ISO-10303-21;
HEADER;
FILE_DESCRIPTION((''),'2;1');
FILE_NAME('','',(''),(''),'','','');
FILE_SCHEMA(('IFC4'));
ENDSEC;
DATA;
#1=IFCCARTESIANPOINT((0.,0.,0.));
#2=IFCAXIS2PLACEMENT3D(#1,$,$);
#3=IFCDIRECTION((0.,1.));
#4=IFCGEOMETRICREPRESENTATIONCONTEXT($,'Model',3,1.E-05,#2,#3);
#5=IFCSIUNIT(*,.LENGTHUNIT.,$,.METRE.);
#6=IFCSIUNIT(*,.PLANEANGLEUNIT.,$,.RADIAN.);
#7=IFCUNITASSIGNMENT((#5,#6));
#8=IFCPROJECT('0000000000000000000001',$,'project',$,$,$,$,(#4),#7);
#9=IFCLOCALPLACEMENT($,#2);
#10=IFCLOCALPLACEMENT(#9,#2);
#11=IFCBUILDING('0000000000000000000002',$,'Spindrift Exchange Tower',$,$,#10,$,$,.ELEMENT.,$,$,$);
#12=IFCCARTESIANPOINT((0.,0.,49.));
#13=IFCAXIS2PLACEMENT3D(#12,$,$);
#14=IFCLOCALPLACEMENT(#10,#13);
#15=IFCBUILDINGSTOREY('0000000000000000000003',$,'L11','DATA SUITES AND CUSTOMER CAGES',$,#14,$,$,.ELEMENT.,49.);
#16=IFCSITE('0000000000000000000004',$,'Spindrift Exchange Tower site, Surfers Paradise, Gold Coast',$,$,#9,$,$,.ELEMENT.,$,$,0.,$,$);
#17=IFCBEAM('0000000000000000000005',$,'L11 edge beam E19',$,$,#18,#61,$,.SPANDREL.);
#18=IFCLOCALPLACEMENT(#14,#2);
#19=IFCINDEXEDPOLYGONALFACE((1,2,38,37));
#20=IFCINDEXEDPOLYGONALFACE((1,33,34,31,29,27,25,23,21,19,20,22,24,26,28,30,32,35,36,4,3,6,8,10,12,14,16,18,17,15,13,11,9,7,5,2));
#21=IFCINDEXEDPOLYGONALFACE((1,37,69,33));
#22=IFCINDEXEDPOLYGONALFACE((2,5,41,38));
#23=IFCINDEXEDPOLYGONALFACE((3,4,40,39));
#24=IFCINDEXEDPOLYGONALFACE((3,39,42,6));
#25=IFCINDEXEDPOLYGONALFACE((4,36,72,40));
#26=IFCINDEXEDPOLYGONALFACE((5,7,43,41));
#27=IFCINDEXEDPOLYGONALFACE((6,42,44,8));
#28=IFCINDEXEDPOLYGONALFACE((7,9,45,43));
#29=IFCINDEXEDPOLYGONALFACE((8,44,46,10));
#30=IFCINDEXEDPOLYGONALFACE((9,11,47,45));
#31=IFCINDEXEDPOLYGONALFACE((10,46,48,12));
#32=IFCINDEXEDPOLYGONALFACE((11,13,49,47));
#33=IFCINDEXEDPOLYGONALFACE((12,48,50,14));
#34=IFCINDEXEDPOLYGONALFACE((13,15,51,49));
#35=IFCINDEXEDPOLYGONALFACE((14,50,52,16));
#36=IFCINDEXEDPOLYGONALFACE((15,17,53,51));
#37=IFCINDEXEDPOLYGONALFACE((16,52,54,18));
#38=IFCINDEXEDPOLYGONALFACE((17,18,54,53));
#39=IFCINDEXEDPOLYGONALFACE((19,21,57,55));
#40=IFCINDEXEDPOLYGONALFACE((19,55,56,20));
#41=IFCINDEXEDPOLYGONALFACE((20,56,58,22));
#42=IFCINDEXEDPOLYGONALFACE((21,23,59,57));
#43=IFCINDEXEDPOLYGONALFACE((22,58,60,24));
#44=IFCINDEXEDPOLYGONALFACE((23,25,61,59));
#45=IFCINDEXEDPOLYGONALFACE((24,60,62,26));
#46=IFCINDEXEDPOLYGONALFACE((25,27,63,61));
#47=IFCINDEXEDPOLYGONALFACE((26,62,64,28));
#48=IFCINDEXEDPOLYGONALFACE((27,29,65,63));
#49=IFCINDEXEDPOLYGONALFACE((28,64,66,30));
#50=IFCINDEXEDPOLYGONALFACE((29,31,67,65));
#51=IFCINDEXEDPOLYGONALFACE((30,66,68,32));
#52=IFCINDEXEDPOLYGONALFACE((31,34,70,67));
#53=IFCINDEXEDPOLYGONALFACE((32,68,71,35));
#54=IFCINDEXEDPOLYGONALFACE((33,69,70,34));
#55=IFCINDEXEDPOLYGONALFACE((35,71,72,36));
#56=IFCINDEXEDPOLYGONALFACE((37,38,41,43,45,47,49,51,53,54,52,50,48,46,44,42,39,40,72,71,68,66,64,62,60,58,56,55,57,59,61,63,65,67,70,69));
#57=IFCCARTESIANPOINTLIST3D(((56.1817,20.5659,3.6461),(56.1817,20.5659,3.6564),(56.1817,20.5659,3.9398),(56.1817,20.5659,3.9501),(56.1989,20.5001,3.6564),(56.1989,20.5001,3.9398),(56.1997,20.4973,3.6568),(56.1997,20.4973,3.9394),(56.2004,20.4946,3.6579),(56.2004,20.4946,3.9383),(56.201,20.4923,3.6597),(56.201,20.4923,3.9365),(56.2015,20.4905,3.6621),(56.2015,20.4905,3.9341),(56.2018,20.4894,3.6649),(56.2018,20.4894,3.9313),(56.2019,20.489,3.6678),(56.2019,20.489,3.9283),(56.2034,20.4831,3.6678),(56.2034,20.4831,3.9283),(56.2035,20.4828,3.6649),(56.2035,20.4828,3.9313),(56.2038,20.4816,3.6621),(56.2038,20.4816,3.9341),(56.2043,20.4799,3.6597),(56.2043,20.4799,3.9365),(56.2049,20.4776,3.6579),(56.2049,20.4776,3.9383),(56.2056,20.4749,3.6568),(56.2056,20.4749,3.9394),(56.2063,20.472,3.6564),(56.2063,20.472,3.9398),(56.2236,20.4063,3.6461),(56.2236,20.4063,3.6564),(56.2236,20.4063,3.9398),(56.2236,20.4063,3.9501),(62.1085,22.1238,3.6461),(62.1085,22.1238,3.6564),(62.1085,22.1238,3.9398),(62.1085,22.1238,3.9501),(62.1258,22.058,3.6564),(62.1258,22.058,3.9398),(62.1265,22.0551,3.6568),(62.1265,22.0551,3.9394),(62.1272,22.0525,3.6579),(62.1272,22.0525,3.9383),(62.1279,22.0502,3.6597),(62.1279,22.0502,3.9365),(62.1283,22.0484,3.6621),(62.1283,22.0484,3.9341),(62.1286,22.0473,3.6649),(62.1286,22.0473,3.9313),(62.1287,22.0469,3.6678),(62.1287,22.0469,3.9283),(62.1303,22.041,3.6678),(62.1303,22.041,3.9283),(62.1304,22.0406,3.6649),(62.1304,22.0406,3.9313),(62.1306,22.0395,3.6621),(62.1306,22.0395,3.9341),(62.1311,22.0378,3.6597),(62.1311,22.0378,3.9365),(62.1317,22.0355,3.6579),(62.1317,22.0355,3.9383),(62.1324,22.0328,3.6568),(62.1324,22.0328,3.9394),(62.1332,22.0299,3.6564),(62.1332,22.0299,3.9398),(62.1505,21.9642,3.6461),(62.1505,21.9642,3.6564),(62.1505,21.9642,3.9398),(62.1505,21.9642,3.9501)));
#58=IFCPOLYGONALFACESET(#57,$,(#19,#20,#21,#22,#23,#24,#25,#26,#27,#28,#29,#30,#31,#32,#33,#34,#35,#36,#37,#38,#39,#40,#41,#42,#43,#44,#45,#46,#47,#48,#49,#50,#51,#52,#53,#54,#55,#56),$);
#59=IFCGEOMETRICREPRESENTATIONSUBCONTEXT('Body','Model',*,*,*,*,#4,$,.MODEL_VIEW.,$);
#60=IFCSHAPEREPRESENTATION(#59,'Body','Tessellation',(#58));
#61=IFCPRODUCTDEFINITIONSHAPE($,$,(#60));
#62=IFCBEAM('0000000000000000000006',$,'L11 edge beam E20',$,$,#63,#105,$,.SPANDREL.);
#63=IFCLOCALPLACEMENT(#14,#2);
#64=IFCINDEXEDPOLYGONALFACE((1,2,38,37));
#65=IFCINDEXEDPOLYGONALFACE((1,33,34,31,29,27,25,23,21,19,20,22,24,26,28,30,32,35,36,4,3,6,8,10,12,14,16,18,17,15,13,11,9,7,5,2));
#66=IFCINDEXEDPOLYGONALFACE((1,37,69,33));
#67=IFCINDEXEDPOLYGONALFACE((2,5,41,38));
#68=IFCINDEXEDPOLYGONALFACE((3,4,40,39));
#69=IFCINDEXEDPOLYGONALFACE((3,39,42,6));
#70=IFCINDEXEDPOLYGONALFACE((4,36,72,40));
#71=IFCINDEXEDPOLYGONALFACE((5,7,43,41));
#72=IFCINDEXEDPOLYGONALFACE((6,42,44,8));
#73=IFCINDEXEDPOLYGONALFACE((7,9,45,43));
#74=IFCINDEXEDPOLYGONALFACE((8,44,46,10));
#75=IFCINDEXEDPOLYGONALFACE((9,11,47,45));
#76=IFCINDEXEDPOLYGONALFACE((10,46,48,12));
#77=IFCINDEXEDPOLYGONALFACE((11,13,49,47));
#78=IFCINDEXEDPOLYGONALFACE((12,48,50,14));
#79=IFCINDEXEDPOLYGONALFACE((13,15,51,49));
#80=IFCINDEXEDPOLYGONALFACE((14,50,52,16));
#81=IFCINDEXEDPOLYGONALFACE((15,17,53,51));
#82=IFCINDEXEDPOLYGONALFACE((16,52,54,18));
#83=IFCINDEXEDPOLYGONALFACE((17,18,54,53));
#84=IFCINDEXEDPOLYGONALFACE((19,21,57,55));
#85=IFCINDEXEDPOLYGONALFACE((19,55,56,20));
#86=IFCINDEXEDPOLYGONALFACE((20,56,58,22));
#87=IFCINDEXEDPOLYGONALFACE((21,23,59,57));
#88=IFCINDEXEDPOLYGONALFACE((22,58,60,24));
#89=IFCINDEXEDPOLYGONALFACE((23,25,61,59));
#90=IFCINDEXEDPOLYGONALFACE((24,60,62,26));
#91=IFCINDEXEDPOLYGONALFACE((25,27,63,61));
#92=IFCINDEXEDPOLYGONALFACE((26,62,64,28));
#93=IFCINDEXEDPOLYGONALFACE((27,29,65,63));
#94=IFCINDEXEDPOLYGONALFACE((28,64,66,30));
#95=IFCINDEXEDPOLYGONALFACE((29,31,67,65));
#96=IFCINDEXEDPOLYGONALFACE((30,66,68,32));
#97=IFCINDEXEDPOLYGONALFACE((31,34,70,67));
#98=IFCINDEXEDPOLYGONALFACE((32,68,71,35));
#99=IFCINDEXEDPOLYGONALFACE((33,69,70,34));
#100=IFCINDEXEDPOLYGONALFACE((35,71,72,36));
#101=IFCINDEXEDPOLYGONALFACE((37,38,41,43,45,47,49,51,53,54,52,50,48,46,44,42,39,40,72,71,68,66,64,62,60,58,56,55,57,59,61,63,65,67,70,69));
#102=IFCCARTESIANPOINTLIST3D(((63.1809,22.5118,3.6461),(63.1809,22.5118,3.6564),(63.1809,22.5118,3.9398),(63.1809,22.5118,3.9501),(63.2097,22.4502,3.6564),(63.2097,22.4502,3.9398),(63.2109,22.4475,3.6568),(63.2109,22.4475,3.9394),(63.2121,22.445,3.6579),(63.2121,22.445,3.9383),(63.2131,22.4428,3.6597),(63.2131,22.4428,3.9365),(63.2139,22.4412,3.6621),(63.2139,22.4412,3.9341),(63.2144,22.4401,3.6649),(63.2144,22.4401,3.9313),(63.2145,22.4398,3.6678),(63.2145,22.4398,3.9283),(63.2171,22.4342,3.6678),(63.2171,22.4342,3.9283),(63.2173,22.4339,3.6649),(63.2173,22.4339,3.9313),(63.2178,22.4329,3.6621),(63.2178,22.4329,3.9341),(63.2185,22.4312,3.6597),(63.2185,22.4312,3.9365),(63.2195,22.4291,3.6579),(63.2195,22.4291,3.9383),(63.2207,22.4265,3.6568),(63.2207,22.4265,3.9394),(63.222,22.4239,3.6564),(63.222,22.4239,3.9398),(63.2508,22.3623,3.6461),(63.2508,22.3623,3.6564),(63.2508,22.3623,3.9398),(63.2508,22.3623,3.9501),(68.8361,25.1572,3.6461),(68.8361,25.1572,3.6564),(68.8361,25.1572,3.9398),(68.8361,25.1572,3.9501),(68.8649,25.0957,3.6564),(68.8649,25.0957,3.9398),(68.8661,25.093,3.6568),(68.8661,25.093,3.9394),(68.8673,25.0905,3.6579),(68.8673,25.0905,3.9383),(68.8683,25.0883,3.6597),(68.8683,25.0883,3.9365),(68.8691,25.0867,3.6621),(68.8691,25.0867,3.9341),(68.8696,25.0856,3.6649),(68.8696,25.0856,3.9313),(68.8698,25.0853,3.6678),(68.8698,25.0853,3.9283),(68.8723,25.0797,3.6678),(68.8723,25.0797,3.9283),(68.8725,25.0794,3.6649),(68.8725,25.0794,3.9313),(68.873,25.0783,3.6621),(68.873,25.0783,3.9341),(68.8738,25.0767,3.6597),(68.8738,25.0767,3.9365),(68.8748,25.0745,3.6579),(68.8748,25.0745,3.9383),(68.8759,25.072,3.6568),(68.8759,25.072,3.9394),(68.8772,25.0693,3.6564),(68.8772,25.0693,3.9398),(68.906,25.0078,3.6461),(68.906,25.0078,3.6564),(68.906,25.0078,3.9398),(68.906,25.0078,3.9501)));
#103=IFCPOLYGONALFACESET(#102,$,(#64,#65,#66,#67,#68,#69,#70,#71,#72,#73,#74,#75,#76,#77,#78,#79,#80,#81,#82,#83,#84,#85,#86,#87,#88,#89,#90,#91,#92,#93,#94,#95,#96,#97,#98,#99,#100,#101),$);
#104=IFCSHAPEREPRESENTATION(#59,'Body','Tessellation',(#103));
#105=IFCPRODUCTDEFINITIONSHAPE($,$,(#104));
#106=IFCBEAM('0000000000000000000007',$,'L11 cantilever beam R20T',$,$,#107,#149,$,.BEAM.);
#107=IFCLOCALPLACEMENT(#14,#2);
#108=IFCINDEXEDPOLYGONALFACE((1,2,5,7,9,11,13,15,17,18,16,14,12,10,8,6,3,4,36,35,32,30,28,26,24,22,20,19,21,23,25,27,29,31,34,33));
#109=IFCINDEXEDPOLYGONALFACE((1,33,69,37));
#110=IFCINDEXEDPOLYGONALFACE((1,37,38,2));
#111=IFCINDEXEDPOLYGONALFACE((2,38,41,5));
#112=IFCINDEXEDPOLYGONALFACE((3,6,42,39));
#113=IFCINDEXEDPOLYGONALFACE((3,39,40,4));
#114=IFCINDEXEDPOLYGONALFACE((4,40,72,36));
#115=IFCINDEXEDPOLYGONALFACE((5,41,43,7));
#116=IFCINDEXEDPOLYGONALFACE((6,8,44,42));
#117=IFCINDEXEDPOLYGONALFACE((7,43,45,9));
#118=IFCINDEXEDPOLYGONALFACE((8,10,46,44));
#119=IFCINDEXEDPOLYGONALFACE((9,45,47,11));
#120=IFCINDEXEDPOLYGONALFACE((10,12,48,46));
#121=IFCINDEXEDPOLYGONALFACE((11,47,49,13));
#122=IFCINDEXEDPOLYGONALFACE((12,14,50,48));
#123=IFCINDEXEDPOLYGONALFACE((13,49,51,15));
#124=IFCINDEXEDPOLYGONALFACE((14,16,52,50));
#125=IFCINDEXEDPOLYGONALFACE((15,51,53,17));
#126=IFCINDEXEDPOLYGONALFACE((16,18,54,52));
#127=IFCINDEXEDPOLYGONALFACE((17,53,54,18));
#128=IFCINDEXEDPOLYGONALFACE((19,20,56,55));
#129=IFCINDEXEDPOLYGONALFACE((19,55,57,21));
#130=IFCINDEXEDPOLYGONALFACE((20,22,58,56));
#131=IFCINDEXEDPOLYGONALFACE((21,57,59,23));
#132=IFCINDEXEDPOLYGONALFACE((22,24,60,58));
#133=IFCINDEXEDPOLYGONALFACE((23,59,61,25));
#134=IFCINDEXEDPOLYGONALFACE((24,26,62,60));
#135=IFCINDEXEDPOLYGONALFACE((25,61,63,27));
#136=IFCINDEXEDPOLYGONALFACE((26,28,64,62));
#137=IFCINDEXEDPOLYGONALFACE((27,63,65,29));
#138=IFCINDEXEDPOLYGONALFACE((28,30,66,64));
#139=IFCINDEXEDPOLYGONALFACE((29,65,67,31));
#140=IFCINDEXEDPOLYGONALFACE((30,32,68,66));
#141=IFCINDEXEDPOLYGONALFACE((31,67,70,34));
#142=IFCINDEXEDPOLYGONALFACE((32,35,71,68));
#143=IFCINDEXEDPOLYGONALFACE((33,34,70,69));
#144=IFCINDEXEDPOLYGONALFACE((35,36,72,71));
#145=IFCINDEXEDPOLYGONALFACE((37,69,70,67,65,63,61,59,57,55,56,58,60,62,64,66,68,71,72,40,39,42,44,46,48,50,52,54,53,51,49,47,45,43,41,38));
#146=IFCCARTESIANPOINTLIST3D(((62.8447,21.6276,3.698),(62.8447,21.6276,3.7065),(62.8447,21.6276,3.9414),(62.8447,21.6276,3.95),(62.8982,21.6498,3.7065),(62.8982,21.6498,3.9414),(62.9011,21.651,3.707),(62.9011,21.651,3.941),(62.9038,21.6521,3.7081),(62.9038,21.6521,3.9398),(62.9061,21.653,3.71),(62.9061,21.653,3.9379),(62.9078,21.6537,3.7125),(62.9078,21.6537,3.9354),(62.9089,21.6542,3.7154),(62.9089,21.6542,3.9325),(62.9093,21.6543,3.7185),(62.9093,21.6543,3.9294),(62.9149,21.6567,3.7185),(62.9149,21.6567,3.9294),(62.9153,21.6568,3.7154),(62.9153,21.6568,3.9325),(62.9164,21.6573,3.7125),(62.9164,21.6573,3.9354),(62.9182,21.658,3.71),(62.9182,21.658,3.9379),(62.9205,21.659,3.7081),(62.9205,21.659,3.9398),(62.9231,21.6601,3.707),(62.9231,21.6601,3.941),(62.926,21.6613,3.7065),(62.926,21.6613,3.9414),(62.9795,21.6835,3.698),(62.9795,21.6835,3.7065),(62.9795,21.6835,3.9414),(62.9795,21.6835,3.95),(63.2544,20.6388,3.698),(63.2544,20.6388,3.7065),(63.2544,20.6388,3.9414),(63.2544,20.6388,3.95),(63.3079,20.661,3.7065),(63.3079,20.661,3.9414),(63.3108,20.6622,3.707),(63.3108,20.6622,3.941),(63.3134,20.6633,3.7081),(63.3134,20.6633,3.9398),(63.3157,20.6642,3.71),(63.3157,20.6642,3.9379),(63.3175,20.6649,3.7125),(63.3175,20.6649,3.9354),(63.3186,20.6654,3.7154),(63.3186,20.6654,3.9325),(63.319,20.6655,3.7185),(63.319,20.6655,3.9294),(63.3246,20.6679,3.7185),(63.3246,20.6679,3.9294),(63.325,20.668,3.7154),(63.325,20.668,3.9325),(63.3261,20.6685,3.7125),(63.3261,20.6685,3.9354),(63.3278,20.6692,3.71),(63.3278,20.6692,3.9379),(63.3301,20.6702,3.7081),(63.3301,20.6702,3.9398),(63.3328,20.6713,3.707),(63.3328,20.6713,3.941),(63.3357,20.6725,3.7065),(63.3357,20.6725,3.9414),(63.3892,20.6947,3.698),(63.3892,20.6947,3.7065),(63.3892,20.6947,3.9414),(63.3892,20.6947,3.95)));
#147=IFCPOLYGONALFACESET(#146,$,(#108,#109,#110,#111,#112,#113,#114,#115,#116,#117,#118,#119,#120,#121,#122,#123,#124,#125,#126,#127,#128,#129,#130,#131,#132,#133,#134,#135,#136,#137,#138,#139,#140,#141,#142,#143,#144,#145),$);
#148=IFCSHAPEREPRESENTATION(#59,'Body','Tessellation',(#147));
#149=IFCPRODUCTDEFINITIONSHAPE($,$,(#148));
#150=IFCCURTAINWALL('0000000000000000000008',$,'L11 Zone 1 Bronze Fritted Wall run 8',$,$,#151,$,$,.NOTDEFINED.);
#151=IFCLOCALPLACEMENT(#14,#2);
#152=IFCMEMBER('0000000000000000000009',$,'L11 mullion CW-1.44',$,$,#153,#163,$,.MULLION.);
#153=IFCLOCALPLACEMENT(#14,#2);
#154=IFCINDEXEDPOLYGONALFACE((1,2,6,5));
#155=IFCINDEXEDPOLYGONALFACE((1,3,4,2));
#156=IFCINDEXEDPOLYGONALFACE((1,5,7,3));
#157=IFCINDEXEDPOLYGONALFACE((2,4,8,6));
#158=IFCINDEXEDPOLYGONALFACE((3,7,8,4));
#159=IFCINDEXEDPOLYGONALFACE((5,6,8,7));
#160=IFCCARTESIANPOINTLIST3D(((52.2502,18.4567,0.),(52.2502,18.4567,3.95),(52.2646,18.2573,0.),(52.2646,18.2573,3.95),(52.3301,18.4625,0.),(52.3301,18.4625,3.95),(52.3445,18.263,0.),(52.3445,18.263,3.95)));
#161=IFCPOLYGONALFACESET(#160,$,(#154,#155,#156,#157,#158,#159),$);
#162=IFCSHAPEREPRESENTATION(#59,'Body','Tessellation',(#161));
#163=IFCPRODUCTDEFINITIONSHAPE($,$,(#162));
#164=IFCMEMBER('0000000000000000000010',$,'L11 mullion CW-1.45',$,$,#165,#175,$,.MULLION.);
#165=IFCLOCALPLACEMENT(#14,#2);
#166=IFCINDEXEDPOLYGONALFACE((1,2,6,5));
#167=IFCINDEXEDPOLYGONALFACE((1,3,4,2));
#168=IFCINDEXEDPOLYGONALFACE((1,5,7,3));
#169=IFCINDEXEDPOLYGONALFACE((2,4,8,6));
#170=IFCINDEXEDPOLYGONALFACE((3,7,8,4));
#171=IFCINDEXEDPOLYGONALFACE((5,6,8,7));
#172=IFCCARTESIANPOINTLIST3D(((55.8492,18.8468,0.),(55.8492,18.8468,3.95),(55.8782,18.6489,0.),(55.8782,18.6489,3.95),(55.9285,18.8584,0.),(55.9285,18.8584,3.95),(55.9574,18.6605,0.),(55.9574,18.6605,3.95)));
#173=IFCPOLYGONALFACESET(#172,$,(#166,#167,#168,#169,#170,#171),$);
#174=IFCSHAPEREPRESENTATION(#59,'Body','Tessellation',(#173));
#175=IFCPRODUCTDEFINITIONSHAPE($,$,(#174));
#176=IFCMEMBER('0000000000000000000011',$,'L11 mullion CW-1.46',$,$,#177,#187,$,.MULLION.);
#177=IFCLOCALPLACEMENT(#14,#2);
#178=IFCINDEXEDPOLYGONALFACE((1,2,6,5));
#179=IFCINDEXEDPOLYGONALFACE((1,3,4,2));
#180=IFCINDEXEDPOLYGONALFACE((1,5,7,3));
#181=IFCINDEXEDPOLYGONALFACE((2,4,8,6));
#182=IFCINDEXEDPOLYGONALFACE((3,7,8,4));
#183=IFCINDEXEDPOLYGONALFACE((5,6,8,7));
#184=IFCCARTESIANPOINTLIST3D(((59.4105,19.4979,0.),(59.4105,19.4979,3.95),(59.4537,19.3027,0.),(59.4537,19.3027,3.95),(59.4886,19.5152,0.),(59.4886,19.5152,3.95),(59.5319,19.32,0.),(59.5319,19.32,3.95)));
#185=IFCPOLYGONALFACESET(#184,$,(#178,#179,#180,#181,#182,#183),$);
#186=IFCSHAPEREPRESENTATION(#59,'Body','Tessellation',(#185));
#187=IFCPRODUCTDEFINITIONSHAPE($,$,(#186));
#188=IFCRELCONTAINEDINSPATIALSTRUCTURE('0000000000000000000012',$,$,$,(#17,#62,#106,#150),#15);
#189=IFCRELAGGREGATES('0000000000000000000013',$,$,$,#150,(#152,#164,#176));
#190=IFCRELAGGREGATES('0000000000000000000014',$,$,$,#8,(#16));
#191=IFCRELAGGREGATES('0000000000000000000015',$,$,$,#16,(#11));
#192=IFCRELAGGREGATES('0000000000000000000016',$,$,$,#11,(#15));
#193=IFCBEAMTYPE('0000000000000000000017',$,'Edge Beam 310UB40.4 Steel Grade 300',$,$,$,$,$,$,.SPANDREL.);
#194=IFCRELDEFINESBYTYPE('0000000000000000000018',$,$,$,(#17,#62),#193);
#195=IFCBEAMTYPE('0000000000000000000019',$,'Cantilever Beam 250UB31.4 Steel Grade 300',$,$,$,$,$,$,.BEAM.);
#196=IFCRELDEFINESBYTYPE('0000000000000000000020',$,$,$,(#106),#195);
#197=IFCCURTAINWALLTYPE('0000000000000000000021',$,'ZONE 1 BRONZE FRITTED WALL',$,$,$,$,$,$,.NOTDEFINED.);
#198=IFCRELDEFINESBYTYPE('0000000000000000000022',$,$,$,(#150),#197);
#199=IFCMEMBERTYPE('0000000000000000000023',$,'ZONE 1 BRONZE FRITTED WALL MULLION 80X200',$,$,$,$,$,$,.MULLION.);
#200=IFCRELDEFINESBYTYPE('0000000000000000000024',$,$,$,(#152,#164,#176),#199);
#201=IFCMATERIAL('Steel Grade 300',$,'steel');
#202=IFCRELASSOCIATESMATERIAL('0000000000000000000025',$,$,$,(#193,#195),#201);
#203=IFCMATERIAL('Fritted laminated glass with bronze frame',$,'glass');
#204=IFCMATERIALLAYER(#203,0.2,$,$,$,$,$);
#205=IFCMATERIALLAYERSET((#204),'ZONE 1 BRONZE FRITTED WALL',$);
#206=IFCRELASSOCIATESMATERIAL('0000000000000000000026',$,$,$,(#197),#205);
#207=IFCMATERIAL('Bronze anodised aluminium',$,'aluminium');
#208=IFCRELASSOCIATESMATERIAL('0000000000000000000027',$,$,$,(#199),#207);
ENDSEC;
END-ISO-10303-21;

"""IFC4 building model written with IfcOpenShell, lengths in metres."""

from ifc_helpers import new_model, si_unit, direction, frame, origin, origin_2d, place, context, subcontext, project, spatial, rectangle, i_section, extrude, source, transform, mapped, material, layer, layer_set, material_profile, profile_set, type_object, element, aggregate, save


model = new_model("IFC4")

# Units and contexts
model_context = context("Model", 3, precision=1e-05, world=origin(), true_north=direction((0.0, 1.0)))
body_context = subcontext(model_context, "Body", "Model", "MODEL_VIEW")
ifc_project = project(units=[si_unit("LENGTHUNIT", "METRE"), si_unit("PLANEANGLEUNIT", "RADIAN")], contexts=[model_context])

# Site, building, storey
site_placement = place(None, origin())
site = spatial("IfcSite", under=ifc_project, at=site_placement, Name="Spindrift Exchange Tower site, Surfers Paradise, Gold Coast", CompositionType="ELEMENT", RefElevation=0.0)
building_placement = place(site_placement, origin())
building = spatial("IfcBuilding", under=site, at=building_placement, Name="Spindrift Exchange Tower", CompositionType="ELEMENT")
storey_placement = place(building_placement, frame((0.0, 0.0, 49.0)))
storey = spatial("IfcBuildingStorey", under=building, at=storey_placement, Name="L11", Description="DATA SUITES AND CUSTOMER CAGES", CompositionType="ELEMENT", Elevation=49.0)

# Beams
ifc_material_1 = material(Name="Steel Grade 300", Category="steel")
ifc_material_profile_1 = material_profile(ifc_material_1, i_section(OverallWidth=0.165, OverallDepth=0.304, WebThickness=0.0061, FlangeThickness=0.0103, FilletRadius=0.0115, at=origin_2d()), Name="310UB40.4")
ifc_profile_set_1 = profile_set([ifc_material_profile_1], Name="Steel Grade 300")
beam_type_1 = type_object("IfcBeamType", Name="Edge Beam 310UB40.4 Steel Grade 300", PredefinedType="SPANDREL", material=ifc_profile_set_1)
shared_shape_1 = source(origin(), body_context, "Body", "SweptSolid", [
    extrude(i_section(OverallWidth=0.165, OverallDepth=0.304, WebThickness=0.0061, FlangeThickness=0.0103, FilletRadius=0.0115, at=origin_2d()), origin(), (0.0, 0.0, 1.0), 6.1282),
])
beam_1_placement = place(storey_placement, frame((56.2026, 20.4861, 3.7981), z_axis=(0.967147, 0.254217, 0.0), x_axis=(-0.254217, 0.967147, 0.0)))
element("IfcBeam", 1, at=beam_1_placement, inside=storey, type_object=beam_type_1, Name="L11 edge beam E19", PredefinedType="SPANDREL", context=body_context, shape_type="MappedRepresentation", body=[
    mapped(shared_shape_1, transform((0.0, 0.0, 0.0), scale=1.0)),
])
shared_shape_2 = source(origin(), body_context, "Body", "SweptSolid", [
    extrude(i_section(OverallWidth=0.165, OverallDepth=0.304, WebThickness=0.0061, FlangeThickness=0.0103, FilletRadius=0.0115, at=origin_2d()), origin(), (0.0, 0.0, 1.0), 6.2434),
])
beam_2_placement = place(storey_placement, frame((63.2158, 22.437, 3.7981), z_axis=(0.905791, 0.423724, 0.0), x_axis=(-0.423724, 0.905791, 0.0)))
element("IfcBeam", 2, at=beam_2_placement, inside=storey, type_object=beam_type_1, Name="L11 edge beam E20", PredefinedType="SPANDREL", context=body_context, shape_type="MappedRepresentation", body=[
    mapped(shared_shape_2, transform((0.0, 0.0, 0.0), scale=1.0)),
])
ifc_material_profile_2 = material_profile(ifc_material_1, i_section(OverallWidth=0.146, OverallDepth=0.252, WebThickness=0.0061, FlangeThickness=0.0085, FilletRadius=0.012, at=origin_2d()), Name="250UB31.4")
ifc_profile_set_2 = profile_set([ifc_material_profile_2], Name="Steel Grade 300")
beam_type_2 = type_object("IfcBeamType", Name="Cantilever Beam 250UB31.4 Steel Grade 300", PredefinedType="BEAM", material=ifc_profile_set_2)
shared_shape_3 = source(origin(), body_context, "Body", "SweptSolid", [
    extrude(i_section(OverallWidth=0.146, OverallDepth=0.252, WebThickness=0.0061, FlangeThickness=0.0085, FilletRadius=0.012, at=origin_2d()), origin(), (0.0, 0.0, 1.0), 1.0703),
])
beam_3_placement = place(storey_placement, frame((62.9121, 21.6555, 3.824), z_axis=(0.382768, -0.923844, 0.0), x_axis=(0.923844, 0.382768, 0.0)))
element("IfcBeam", 3, at=beam_3_placement, inside=storey, type_object=beam_type_2, Name="L11 cantilever beam R20T", PredefinedType="BEAM", context=body_context, shape_type="MappedRepresentation", body=[
    mapped(shared_shape_3, transform((0.0, 0.0, 0.0), scale=1.0)),
])

# Curtain wall, members
ifc_material_2 = material(Name="Fritted laminated glass with bronze frame", Category="glass")
ifc_layer_1 = layer(ifc_material_2, 0.2)
ifc_layer_set_1 = layer_set([ifc_layer_1], Name="ZONE 1 BRONZE FRITTED WALL")
curtain_wall_type = type_object("IfcCurtainWallType", Name="ZONE 1 BRONZE FRITTED WALL", PredefinedType="NOTDEFINED", material=ifc_layer_set_1)
curtain_wall_placement = place(storey_placement, origin())
curtain_wall = element("IfcCurtainWall", 4, at=curtain_wall_placement, inside=storey, type_object=curtain_wall_type, Name="L11 Zone 1 Bronze Fritted Wall run 8", PredefinedType="NOTDEFINED")
ifc_material_3 = material(Name="Bronze anodised aluminium", Category="aluminium")
ifc_material_profile_3 = material_profile(ifc_material_3, rectangle(XDim=0.0801, YDim=0.2, at=origin_2d()), Name="ZONE 1 BRONZE FRITTED WALL MULLION 80X200")
ifc_profile_set_3 = profile_set([ifc_material_profile_3], Name="Bronze anodised aluminium")
member_type_1 = type_object("IfcMemberType", Name="ZONE 1 BRONZE FRITTED WALL MULLION 80X200", PredefinedType="MULLION", material=ifc_profile_set_3)
shared_shape_4 = source(origin(), body_context, "Body", "SweptSolid", [
    extrude(rectangle(XDim=0.0801, YDim=0.2, at=origin_2d()), origin(), (0.0, 0.0, 1.0), 3.95),
])
member_1_placement = place(storey_placement, frame((52.2974, 18.3599, 0.0), z_axis=(0.0, 0.0, 1.0), x_axis=(0.997408, 0.071959, 0.0)))
member_1 = element("IfcMember", 5, at=member_1_placement, type_object=member_type_1, Name="L11 mullion CW-1.44", PredefinedType="MULLION", context=body_context, shape_type="MappedRepresentation", body=[
    mapped(shared_shape_4, transform((0.0, 0.0, 0.0), scale=1.0)),
])
member_2_placement = place(storey_placement, frame((55.9033, 18.7537, 0.0), z_axis=(0.0, 0.0, 1.0), x_axis=(0.989477, 0.144688, 0.0)))
member_2 = element("IfcMember", 6, at=member_2_placement, type_object=member_type_1, Name="L11 mullion CW-1.45", PredefinedType="MULLION", context=body_context, shape_type="MappedRepresentation", body=[
    mapped(shared_shape_4, transform((0.0, 0.0, 0.0), scale=1.0)),
])
member_3_placement = place(storey_placement, frame((59.4712, 19.4089, 0.0), z_axis=(0.0, 0.0, 1.0), x_axis=(0.976295, 0.216443, 0.0)))
member_3 = element("IfcMember", 7, at=member_3_placement, type_object=member_type_1, Name="L11 mullion CW-1.46", PredefinedType="MULLION", context=body_context, shape_type="MappedRepresentation", body=[
    mapped(shared_shape_4, transform((0.0, 0.0, 0.0), scale=1.0)),
])
aggregate(curtain_wall, [member_1, member_2, member_3])

save(model, "model.ifc")
